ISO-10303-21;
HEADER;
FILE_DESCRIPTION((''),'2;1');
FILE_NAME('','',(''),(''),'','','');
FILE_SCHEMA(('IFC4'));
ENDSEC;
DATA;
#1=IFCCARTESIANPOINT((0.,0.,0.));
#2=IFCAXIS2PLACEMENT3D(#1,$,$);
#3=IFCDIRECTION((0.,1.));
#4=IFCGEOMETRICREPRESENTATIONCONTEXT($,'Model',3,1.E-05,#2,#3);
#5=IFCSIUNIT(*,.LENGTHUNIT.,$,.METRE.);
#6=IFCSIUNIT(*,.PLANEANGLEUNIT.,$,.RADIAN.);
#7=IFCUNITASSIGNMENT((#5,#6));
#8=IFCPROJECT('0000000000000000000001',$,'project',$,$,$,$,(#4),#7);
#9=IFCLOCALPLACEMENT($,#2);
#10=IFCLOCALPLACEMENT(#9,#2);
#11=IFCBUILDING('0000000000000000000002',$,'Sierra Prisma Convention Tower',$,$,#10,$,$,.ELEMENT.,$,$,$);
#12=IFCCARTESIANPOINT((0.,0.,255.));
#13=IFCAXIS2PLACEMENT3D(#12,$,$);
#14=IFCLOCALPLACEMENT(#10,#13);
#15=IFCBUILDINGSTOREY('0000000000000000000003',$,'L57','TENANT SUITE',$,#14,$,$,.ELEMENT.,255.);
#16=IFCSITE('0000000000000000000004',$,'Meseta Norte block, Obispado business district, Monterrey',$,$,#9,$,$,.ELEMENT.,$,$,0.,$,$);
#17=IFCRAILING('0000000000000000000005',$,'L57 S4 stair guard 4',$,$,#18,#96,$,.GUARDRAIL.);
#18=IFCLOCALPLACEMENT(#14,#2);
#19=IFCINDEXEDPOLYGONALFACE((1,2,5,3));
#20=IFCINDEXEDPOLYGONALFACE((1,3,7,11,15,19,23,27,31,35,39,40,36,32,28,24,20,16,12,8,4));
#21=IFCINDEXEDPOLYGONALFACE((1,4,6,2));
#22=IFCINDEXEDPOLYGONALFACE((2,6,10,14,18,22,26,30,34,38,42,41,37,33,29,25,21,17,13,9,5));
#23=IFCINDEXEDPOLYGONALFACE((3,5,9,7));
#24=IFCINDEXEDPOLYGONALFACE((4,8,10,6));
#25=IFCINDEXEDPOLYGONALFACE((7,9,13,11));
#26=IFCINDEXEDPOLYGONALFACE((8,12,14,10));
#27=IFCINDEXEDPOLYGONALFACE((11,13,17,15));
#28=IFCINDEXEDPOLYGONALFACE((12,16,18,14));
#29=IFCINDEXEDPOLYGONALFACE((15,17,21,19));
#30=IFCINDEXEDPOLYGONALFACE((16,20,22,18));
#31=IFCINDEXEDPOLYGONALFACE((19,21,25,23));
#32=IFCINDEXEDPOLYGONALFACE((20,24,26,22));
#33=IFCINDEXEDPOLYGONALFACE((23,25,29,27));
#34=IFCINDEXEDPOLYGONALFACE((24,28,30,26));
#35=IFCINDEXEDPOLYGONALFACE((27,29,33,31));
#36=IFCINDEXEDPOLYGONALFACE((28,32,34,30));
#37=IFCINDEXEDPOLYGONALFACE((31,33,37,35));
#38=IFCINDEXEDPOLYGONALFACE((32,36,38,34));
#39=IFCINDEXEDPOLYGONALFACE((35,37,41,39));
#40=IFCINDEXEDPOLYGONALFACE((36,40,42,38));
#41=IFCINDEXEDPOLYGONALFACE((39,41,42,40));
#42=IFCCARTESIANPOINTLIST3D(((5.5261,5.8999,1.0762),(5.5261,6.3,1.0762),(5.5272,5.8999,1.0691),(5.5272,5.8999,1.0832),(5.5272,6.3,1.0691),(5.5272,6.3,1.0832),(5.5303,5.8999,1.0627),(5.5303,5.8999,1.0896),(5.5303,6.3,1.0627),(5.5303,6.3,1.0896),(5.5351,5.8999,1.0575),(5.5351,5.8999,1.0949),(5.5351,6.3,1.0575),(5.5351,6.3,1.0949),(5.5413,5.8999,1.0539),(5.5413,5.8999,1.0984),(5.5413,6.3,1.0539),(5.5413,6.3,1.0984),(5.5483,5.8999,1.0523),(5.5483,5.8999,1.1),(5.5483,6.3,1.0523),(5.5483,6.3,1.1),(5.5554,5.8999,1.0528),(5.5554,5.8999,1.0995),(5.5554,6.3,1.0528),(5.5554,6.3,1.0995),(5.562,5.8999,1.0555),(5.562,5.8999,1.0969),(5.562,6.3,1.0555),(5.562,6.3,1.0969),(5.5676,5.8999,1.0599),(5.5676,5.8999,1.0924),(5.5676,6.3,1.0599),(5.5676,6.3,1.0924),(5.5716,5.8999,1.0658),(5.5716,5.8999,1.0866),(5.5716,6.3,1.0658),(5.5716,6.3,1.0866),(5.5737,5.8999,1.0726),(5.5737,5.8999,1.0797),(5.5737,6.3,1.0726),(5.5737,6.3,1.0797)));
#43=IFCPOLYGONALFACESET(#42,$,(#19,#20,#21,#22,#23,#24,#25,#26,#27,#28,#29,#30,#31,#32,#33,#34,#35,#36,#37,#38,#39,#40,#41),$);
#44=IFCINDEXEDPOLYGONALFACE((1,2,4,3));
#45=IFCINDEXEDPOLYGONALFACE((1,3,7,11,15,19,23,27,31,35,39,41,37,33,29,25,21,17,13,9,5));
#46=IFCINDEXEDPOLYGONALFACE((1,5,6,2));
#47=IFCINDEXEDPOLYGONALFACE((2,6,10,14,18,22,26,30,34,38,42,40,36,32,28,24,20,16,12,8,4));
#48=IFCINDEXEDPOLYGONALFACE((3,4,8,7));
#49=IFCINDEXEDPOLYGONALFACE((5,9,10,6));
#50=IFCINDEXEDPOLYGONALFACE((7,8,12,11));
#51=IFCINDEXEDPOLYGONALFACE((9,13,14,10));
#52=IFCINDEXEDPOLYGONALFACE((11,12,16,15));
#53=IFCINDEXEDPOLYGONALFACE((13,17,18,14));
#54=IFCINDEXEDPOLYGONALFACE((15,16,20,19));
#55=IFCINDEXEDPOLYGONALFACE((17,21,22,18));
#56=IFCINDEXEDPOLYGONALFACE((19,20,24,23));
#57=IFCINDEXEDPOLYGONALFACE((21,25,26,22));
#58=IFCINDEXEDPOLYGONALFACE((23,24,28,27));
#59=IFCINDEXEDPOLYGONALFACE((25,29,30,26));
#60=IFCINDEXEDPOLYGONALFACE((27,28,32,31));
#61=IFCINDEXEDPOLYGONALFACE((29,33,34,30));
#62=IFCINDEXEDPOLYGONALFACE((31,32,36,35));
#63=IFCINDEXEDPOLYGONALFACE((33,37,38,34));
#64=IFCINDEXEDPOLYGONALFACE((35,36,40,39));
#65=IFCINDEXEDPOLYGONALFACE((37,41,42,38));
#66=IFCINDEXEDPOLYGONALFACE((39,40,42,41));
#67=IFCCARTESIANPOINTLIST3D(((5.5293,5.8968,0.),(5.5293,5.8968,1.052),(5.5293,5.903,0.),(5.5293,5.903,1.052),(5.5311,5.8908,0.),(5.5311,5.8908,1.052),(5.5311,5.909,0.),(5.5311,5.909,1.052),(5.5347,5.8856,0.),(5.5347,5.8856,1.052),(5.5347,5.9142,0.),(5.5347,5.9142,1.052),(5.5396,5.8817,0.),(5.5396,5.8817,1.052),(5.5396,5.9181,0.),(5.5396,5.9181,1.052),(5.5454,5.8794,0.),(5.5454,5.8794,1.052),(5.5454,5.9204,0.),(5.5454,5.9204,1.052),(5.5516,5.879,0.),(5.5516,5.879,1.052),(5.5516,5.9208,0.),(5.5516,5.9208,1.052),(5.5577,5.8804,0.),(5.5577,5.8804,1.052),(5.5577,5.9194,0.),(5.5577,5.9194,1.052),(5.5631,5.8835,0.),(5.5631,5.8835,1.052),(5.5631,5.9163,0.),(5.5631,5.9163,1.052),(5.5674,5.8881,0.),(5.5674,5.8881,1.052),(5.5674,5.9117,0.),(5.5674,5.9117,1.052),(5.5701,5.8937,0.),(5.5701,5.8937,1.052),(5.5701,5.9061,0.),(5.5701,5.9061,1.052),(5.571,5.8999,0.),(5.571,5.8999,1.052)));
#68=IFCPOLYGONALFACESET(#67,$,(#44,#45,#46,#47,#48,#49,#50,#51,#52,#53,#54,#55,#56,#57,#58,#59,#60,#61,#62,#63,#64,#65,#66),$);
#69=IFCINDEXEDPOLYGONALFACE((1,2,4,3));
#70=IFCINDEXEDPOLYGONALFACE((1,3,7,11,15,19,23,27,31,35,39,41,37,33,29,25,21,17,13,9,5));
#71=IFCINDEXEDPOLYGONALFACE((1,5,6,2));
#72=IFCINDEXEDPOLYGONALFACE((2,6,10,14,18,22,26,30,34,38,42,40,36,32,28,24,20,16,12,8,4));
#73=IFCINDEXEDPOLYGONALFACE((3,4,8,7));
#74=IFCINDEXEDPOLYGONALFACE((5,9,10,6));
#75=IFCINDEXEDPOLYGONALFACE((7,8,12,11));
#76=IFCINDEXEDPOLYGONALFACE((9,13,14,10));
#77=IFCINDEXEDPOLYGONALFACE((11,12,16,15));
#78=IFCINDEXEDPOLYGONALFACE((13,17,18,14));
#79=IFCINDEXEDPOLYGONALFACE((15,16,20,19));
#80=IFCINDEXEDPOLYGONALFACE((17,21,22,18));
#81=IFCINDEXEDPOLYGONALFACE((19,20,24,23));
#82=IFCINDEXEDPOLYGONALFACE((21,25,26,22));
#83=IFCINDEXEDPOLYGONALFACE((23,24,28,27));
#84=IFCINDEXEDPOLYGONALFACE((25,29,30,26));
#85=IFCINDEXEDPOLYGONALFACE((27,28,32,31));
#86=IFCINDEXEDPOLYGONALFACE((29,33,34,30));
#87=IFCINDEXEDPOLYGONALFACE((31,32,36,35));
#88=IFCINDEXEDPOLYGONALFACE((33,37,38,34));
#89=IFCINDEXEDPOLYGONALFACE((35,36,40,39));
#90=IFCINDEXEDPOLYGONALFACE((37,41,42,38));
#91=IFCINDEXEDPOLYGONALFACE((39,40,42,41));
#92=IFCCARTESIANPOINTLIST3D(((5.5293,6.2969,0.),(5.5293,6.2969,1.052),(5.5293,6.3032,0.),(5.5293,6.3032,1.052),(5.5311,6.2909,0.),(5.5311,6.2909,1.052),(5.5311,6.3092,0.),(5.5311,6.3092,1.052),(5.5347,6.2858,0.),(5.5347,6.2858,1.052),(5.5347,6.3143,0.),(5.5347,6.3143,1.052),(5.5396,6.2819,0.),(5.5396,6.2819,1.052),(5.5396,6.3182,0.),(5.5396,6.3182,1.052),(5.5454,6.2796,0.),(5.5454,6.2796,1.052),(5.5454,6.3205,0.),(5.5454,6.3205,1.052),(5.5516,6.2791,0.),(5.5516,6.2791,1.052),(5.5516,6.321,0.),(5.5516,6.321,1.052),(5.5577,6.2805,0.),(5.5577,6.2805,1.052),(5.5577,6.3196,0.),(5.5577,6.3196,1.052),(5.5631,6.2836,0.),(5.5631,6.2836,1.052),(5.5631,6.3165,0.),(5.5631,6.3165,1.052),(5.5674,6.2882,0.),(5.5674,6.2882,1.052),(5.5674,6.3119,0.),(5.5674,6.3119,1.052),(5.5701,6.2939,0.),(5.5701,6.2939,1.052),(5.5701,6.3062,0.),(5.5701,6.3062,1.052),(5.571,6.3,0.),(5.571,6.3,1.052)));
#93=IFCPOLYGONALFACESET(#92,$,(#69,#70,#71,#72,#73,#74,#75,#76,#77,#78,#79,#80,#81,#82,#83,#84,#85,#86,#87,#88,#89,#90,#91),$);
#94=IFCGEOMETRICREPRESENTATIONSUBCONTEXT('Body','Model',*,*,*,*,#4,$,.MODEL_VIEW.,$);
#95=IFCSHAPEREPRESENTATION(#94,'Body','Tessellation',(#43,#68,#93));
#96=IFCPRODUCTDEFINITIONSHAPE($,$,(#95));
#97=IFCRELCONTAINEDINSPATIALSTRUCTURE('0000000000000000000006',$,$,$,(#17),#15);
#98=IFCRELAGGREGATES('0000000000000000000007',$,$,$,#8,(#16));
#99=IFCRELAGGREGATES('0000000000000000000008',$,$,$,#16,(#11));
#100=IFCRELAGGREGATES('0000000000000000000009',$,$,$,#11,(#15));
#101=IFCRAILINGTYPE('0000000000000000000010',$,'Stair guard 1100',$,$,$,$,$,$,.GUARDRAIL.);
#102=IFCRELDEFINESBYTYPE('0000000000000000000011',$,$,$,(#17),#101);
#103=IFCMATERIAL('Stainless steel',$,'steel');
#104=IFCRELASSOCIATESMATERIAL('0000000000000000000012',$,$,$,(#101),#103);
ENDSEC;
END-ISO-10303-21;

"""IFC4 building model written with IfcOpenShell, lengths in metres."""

from ifc_helpers import new_model, si_unit, direction, frame, origin, origin_2d, place, context, subcontext, project, spatial, circle, extrude, material, type_object, element, save


model = new_model("IFC4")

# Units and contexts
model_context = context("Model", 3, precision=1e-05, world=origin(), true_north=direction((0.0, 1.0)))
body_context = subcontext(model_context, "Body", "Model", "MODEL_VIEW")
ifc_project = project(units=[si_unit("LENGTHUNIT", "METRE"), si_unit("PLANEANGLEUNIT", "RADIAN")], contexts=[model_context])

# Site, building, storey
site_placement = place(None, origin())
site = spatial("IfcSite", under=ifc_project, at=site_placement, Name="Meseta Norte block, Obispado business district, Monterrey", CompositionType="ELEMENT", RefElevation=0.0)
building_placement = place(site_placement, origin())
building = spatial("IfcBuilding", under=site, at=building_placement, Name="Sierra Prisma Convention Tower", CompositionType="ELEMENT")
storey_placement = place(building_placement, frame((0.0, 0.0, 255.0)))
storey = spatial("IfcBuildingStorey", under=building, at=storey_placement, Name="L57", Description="TENANT SUITE", CompositionType="ELEMENT", Elevation=255.0)

# Railing
ifc_material_1 = material(Name="Stainless steel", Category="steel")
railing_type_1 = type_object("IfcRailingType", Name="Stair guard 1100", PredefinedType="GUARDRAIL", material=ifc_material_1)
railing_1_placement = place(storey_placement, frame((5.55, 5.8999, 0.0)))
element("IfcRailing", 1, at=railing_1_placement, inside=storey, type_object=railing_type_1, Name="L57 S4 stair guard 4", PredefinedType="GUARDRAIL", context=body_context, shape_type="SweptSolid", body=[
    extrude(circle(Radius=0.0239, at=origin_2d()), frame((0.0, 0.0, 1.0762), z_axis=(0.0, 1.0, 0.0), x_axis=(-1.0, 0.0, 0.0)), (0.0, 0.0, 1.0), 0.4001),
    extrude(circle(Radius=0.021, at=origin_2d()), origin(), (0.0, 0.0, 1.0), 1.052),
    extrude(circle(Radius=0.021, at=origin_2d()), frame((0.0, 0.4001, 0.0)), (0.0, 0.0, 1.0), 1.052),
])

save(model, "model.ifc")
